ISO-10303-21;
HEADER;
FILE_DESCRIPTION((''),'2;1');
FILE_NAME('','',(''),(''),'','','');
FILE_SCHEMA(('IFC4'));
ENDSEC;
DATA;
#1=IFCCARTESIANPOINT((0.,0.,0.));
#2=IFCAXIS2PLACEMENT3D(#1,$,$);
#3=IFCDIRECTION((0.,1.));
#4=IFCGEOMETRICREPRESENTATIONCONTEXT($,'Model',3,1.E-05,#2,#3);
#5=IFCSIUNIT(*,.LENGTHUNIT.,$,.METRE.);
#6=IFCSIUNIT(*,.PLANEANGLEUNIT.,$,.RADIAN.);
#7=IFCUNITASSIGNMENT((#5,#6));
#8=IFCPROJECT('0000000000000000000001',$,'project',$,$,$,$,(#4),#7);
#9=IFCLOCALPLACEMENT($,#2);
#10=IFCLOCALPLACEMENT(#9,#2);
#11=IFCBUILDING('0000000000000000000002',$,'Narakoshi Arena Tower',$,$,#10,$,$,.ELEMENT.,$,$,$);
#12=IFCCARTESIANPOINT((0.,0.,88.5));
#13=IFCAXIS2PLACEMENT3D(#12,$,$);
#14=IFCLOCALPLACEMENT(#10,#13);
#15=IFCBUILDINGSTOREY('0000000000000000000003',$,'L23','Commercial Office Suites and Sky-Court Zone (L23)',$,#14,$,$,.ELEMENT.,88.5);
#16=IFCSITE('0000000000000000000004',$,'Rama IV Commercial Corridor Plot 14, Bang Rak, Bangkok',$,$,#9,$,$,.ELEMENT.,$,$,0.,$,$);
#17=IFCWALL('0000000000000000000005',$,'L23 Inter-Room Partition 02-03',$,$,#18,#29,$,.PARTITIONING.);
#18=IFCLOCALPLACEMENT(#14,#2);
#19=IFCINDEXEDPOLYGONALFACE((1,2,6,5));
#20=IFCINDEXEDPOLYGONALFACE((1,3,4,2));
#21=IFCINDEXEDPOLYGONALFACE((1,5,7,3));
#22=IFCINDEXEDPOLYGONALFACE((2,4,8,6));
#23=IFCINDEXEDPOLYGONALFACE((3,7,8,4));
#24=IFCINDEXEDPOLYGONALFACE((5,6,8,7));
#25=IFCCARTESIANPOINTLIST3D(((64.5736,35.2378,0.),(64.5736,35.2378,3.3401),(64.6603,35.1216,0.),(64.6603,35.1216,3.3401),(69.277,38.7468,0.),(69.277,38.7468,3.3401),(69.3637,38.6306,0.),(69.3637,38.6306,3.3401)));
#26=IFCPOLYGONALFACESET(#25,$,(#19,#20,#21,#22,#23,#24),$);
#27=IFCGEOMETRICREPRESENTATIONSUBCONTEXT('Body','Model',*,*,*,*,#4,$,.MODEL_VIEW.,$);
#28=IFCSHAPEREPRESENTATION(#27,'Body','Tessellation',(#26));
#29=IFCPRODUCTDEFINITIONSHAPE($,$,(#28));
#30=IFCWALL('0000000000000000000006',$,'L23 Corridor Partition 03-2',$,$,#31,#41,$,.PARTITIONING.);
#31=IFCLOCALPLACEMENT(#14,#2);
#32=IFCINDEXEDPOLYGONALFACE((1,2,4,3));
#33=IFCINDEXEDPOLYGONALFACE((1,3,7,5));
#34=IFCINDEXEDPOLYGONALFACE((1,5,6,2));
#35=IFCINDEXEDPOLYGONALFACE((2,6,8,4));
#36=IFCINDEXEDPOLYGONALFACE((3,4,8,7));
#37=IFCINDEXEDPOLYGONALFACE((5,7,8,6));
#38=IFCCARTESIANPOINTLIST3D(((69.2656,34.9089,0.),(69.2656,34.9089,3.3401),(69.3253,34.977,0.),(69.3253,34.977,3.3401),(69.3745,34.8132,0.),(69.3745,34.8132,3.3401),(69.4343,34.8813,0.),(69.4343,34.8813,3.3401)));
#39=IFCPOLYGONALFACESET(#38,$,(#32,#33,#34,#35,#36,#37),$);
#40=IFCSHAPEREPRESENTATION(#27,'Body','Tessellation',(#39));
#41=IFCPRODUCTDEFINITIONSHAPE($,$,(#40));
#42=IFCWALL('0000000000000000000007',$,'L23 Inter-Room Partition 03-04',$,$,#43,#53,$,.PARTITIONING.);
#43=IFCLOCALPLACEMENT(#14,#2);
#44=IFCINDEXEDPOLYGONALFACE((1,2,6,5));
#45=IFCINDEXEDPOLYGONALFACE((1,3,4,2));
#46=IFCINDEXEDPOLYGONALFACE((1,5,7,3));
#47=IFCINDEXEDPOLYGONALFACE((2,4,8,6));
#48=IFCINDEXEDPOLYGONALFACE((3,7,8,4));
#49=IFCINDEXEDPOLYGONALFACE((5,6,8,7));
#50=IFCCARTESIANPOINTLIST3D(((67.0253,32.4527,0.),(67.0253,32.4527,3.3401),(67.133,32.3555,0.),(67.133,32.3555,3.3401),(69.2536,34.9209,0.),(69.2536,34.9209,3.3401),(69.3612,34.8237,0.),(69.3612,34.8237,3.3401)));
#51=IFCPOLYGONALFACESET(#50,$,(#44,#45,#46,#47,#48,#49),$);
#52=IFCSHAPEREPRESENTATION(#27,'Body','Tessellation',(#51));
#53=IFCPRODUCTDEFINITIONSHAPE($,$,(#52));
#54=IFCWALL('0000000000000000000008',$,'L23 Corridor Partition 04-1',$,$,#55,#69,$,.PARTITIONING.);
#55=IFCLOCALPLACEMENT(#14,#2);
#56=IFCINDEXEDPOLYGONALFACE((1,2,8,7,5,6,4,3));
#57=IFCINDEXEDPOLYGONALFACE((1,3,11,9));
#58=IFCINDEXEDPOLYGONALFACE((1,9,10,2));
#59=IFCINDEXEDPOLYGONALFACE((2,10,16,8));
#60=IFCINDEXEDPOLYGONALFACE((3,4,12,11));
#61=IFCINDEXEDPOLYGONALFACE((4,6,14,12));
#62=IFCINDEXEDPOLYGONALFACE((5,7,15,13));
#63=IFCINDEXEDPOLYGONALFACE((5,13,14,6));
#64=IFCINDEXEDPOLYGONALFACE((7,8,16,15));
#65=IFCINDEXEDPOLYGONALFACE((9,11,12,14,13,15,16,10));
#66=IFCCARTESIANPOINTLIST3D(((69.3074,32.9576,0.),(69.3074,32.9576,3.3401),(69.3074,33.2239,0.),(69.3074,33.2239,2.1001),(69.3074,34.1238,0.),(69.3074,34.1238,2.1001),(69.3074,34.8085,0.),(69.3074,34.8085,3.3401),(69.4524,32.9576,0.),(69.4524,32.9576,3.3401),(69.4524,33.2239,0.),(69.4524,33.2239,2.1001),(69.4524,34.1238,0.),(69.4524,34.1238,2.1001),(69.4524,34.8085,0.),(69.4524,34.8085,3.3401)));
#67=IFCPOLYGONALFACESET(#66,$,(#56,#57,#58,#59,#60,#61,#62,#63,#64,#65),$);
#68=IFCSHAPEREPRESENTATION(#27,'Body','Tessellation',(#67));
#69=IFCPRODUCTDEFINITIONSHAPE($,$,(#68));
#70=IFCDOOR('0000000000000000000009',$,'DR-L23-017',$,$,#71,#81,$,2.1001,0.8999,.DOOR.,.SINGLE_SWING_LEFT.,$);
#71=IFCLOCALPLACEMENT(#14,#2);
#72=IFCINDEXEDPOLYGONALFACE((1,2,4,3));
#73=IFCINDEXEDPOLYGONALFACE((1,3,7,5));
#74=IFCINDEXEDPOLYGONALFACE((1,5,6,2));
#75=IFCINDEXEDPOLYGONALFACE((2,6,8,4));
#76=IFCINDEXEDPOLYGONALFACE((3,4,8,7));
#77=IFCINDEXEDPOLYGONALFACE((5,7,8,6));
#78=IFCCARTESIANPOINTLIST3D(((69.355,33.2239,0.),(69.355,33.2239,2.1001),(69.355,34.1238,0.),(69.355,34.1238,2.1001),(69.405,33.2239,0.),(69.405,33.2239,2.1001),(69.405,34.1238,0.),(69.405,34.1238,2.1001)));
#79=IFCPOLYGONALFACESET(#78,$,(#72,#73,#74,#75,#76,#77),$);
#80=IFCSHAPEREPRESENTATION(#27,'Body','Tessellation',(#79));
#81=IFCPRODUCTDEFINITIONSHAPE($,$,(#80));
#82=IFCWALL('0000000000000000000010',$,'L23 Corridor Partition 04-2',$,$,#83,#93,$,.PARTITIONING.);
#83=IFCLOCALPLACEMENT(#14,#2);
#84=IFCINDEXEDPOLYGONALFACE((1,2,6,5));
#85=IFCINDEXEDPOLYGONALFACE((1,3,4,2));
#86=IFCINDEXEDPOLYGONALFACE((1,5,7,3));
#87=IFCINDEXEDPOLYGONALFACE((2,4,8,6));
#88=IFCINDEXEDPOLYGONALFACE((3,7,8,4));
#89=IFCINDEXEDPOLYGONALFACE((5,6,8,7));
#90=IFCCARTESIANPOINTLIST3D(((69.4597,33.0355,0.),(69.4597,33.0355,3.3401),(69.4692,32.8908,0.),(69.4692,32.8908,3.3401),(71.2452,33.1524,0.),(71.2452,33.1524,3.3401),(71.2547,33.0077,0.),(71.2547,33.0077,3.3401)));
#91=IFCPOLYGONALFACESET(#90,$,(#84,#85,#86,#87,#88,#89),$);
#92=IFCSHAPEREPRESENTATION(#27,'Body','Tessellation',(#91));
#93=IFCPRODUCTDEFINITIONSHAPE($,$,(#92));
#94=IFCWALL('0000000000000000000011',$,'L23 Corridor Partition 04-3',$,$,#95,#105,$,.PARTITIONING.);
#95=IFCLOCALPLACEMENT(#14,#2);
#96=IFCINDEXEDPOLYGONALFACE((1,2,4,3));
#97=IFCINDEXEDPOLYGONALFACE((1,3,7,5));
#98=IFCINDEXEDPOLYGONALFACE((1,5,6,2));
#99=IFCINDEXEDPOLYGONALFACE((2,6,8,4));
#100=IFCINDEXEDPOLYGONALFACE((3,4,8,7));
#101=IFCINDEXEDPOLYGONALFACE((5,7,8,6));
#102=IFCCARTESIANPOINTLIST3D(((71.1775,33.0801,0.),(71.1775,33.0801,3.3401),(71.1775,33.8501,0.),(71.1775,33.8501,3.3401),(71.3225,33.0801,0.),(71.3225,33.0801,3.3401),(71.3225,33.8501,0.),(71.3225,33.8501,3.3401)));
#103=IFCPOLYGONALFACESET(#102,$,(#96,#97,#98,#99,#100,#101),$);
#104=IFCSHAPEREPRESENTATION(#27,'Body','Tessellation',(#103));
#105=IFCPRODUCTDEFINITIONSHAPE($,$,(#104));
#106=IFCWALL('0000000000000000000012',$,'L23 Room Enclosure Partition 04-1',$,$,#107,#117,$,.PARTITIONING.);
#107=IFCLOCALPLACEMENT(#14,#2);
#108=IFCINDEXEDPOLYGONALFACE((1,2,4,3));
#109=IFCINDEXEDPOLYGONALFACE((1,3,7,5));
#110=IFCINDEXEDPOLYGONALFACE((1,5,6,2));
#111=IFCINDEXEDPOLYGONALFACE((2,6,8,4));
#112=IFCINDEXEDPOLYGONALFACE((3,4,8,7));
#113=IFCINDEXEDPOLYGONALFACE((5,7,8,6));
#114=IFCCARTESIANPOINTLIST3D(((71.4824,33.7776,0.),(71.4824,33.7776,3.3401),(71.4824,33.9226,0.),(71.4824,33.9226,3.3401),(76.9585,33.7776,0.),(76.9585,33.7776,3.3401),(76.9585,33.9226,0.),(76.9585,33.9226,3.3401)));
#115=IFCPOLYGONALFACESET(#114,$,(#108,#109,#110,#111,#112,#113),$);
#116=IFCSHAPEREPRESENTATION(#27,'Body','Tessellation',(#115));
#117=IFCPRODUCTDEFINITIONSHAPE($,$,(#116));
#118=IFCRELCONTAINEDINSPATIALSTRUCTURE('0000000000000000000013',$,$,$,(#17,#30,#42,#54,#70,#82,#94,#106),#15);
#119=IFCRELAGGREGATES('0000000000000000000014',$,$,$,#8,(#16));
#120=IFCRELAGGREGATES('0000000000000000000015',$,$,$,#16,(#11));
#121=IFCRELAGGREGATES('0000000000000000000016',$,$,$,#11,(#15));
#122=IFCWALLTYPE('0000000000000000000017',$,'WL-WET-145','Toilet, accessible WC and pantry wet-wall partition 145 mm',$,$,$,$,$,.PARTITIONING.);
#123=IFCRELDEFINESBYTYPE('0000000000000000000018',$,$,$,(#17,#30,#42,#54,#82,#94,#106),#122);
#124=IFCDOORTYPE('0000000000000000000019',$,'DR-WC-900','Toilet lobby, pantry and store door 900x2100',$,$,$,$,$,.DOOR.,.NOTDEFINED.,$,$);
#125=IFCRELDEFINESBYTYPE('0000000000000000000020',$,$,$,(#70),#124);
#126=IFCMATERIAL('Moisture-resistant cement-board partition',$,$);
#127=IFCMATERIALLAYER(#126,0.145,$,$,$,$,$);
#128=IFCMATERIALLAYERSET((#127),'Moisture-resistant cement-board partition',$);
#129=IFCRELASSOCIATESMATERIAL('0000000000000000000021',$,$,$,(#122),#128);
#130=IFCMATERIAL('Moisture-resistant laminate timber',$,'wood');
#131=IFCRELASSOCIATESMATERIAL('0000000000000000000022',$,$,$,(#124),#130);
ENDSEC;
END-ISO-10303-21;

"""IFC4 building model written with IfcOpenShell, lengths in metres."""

from ifc_helpers import new_model, si_unit, direction, frame, frame_2d, origin, place, context, subcontext, project, spatial, rectangle, extrude, material, layer, layer_set, type_object, element, fill, save


model = new_model("IFC4")

# Units and contexts
model_context = context("Model", 3, precision=1e-05, world=origin(), true_north=direction((0.0, 1.0)))
body_context = subcontext(model_context, "Body", "Model", "MODEL_VIEW")
ifc_project = project(units=[si_unit("LENGTHUNIT", "METRE"), si_unit("PLANEANGLEUNIT", "RADIAN")], contexts=[model_context])

# Site, building, storey
site_placement = place(None, origin())
site = spatial("IfcSite", under=ifc_project, at=site_placement, Name="Rama IV Commercial Corridor Plot 14, Bang Rak, Bangkok", CompositionType="ELEMENT", RefElevation=0.0)
building_placement = place(site_placement, origin())
building = spatial("IfcBuilding", under=site, at=building_placement, Name="Narakoshi Arena Tower", CompositionType="ELEMENT")
storey_placement = place(building_placement, frame((0.0, 0.0, 88.5)))
storey = spatial("IfcBuildingStorey", under=building, at=storey_placement, Name="L23", Description="Commercial Office Suites and Sky-Court Zone (L23)", CompositionType="ELEMENT", Elevation=88.5)

# Shared definitions
ifc_material_1 = material(Name="Moisture-resistant cement-board partition")
ifc_layer_1 = layer(ifc_material_1, 0.145)
ifc_layer_set_1 = layer_set([ifc_layer_1], Name="Moisture-resistant cement-board partition")
wall_type_1 = type_object("IfcWallType", Name="WL-WET-145", Description="Toilet, accessible WC and pantry wet-wall partition 145 mm", PredefinedType="PARTITIONING", material=ifc_layer_set_1)
ifc_material_2 = material(Name="Moisture-resistant laminate timber", Category="wood")
door_type_1 = type_object("IfcDoorType", Name="DR-WC-900", Description="Toilet lobby, pantry and store door 900x2100", OperationType="NOTDEFINED", PredefinedType="DOOR", material=ifc_material_2)

# Wall
wall_1_placement = place(storey_placement, frame((69.3203, 38.6887, 0.0), z_axis=(0.0, 0.0, 1.0), x_axis=(-0.80151, -0.597981, 0.0)))
element("IfcWall", 1, at=wall_1_placement, inside=storey, type_object=wall_type_1, Name="L23 Inter-Room Partition 02-03", PredefinedType="PARTITIONING", context=body_context, shape_type="SweptSolid", body=[
    extrude(rectangle(XDim=5.8682, YDim=0.145, at=frame_2d((2.9341, 0.0))), origin(), (0.0, 0.0, 1.0), 3.3401),
])

# Walls
wall_2_placement = place(storey_placement, frame((69.3799, 34.9292, 0.0), z_axis=(0.0, 0.0, 1.0), x_axis=(-0.659838, -0.751408, 0.0)))
element("IfcWall", 2, at=wall_2_placement, inside=storey, type_object=wall_type_1, Name="L23 Corridor Partition 03-2", PredefinedType="PARTITIONING", context=body_context, shape_type="SweptSolid", body=[
    extrude(rectangle(XDim=0.0906, YDim=0.145, at=frame_2d((0.0454, 0.0))), origin(), (0.0, 0.0, 1.0), 3.3401),
])
wall_3_placement = place(storey_placement, frame((69.3074, 34.8723, 0.0), z_axis=(0.0, 0.0, 1.0), x_axis=(-0.6701, -0.742271, 0.0)))
element("IfcWall", 3, at=wall_3_placement, inside=storey, type_object=wall_type_1, Name="L23 Inter-Room Partition 03-04", PredefinedType="PARTITIONING", context=body_context, shape_type="SweptSolid", body=[
    extrude(rectangle(XDim=3.3252, YDim=0.145, at=frame_2d((1.6626, 0.0))), origin(), (0.0, 0.0, 1.0), 3.3401),
])

# Wall, opening, door
wall_4_placement = place(storey_placement, frame((69.3799, 34.8083, 0.0), z_axis=(0.0, 0.0, 1.0), x_axis=(0.0, -1.0, 0.0)))
wall_4 = element("IfcWall", 4, at=wall_4_placement, inside=storey, type_object=wall_type_1, Name="L23 Corridor Partition 04-1", PredefinedType="PARTITIONING", context=body_context, shape_type="SweptSolid", body=[
    extrude(rectangle(XDim=1.8508, YDim=0.145, at=frame_2d((0.9253, 0.0))), origin(), (0.0, 0.0, 1.0), 3.3401),
])
opening_1_placement = place(wall_4_placement, frame((0.6846, 0.0, 0.0)))
opening_1 = element("IfcOpeningElement", 5, at=opening_1_placement, cuts=wall_4, PredefinedType="OPENING", context=body_context, shape_type="SweptSolid", body=[
    extrude(rectangle(XDim=0.8999, YDim=2.1001, at=frame_2d((0.45, 1.05))), frame((0.0, 0.0825, 0.0), z_axis=(0.0, -1.0, 0.0), x_axis=(1.0, 0.0, 0.0)), (0.0, 0.0, 1.0), 0.165),
])
door_1_placement = place(opening_1_placement, frame((0.8999, 0.0, 0.0), z_axis=(0.0, 0.0, 1.0), x_axis=(-1.0, 0.0, 0.0)))
door_1 = element("IfcDoor", 6, at=door_1_placement, inside=storey, type_object=door_type_1, Name="DR-L23-017", OperationType="SINGLE_SWING_LEFT", OverallHeight=2.1001, OverallWidth=0.8999, PredefinedType="DOOR", context=body_context, shape_type="SweptSolid", body=[
    extrude(rectangle(XDim=0.8999, YDim=2.1001, at=frame_2d((0.45, 1.05))), frame((0.0, 0.0249, 0.0), z_axis=(0.0, -1.0, 0.0), x_axis=(1.0, 0.0, 0.0)), (0.0, 0.0, 1.0), 0.05),
])
fill(opening_1, door_1)

# Walls
wall_5_placement = place(storey_placement, frame((69.4646, 32.9631, 0.0), z_axis=(0.0, 0.0, 1.0), x_axis=(0.997862, 0.06536, 0.0)))
element("IfcWall", 7, at=wall_5_placement, inside=storey, type_object=wall_type_1, Name="L23 Corridor Partition 04-2", PredefinedType="PARTITIONING", context=body_context, shape_type="SweptSolid", body=[
    extrude(rectangle(XDim=1.7893, YDim=0.145, at=frame_2d((0.8945, 0.0))), origin(), (0.0, 0.0, 1.0), 3.3401),
])
wall_6_placement = place(storey_placement, frame((71.25, 33.0801, 0.0), z_axis=(0.0, 0.0, 1.0), x_axis=(0.0, 1.0, 0.0)))
element("IfcWall", 8, at=wall_6_placement, inside=storey, type_object=wall_type_1, Name="L23 Corridor Partition 04-3", PredefinedType="PARTITIONING", context=body_context, shape_type="SweptSolid", body=[
    extrude(rectangle(XDim=0.77, YDim=0.145, at=frame_2d((0.385, 0.0))), origin(), (0.0, 0.0, 1.0), 3.3401),
])
wall_7_placement = place(storey_placement, frame((71.4824, 33.8501, 0.0), z_axis=(0.0, 0.0, 1.0), x_axis=(1.0, 0.0, 0.0)))
element("IfcWall", 9, at=wall_7_placement, inside=storey, type_object=wall_type_1, Name="L23 Room Enclosure Partition 04-1", PredefinedType="PARTITIONING", context=body_context, shape_type="SweptSolid", body=[
    extrude(rectangle(XDim=5.4761, YDim=0.145, at=frame_2d((2.738, 0.0))), origin(), (0.0, 0.0, 1.0), 3.3401),
])

save(model, "model.ifc")
